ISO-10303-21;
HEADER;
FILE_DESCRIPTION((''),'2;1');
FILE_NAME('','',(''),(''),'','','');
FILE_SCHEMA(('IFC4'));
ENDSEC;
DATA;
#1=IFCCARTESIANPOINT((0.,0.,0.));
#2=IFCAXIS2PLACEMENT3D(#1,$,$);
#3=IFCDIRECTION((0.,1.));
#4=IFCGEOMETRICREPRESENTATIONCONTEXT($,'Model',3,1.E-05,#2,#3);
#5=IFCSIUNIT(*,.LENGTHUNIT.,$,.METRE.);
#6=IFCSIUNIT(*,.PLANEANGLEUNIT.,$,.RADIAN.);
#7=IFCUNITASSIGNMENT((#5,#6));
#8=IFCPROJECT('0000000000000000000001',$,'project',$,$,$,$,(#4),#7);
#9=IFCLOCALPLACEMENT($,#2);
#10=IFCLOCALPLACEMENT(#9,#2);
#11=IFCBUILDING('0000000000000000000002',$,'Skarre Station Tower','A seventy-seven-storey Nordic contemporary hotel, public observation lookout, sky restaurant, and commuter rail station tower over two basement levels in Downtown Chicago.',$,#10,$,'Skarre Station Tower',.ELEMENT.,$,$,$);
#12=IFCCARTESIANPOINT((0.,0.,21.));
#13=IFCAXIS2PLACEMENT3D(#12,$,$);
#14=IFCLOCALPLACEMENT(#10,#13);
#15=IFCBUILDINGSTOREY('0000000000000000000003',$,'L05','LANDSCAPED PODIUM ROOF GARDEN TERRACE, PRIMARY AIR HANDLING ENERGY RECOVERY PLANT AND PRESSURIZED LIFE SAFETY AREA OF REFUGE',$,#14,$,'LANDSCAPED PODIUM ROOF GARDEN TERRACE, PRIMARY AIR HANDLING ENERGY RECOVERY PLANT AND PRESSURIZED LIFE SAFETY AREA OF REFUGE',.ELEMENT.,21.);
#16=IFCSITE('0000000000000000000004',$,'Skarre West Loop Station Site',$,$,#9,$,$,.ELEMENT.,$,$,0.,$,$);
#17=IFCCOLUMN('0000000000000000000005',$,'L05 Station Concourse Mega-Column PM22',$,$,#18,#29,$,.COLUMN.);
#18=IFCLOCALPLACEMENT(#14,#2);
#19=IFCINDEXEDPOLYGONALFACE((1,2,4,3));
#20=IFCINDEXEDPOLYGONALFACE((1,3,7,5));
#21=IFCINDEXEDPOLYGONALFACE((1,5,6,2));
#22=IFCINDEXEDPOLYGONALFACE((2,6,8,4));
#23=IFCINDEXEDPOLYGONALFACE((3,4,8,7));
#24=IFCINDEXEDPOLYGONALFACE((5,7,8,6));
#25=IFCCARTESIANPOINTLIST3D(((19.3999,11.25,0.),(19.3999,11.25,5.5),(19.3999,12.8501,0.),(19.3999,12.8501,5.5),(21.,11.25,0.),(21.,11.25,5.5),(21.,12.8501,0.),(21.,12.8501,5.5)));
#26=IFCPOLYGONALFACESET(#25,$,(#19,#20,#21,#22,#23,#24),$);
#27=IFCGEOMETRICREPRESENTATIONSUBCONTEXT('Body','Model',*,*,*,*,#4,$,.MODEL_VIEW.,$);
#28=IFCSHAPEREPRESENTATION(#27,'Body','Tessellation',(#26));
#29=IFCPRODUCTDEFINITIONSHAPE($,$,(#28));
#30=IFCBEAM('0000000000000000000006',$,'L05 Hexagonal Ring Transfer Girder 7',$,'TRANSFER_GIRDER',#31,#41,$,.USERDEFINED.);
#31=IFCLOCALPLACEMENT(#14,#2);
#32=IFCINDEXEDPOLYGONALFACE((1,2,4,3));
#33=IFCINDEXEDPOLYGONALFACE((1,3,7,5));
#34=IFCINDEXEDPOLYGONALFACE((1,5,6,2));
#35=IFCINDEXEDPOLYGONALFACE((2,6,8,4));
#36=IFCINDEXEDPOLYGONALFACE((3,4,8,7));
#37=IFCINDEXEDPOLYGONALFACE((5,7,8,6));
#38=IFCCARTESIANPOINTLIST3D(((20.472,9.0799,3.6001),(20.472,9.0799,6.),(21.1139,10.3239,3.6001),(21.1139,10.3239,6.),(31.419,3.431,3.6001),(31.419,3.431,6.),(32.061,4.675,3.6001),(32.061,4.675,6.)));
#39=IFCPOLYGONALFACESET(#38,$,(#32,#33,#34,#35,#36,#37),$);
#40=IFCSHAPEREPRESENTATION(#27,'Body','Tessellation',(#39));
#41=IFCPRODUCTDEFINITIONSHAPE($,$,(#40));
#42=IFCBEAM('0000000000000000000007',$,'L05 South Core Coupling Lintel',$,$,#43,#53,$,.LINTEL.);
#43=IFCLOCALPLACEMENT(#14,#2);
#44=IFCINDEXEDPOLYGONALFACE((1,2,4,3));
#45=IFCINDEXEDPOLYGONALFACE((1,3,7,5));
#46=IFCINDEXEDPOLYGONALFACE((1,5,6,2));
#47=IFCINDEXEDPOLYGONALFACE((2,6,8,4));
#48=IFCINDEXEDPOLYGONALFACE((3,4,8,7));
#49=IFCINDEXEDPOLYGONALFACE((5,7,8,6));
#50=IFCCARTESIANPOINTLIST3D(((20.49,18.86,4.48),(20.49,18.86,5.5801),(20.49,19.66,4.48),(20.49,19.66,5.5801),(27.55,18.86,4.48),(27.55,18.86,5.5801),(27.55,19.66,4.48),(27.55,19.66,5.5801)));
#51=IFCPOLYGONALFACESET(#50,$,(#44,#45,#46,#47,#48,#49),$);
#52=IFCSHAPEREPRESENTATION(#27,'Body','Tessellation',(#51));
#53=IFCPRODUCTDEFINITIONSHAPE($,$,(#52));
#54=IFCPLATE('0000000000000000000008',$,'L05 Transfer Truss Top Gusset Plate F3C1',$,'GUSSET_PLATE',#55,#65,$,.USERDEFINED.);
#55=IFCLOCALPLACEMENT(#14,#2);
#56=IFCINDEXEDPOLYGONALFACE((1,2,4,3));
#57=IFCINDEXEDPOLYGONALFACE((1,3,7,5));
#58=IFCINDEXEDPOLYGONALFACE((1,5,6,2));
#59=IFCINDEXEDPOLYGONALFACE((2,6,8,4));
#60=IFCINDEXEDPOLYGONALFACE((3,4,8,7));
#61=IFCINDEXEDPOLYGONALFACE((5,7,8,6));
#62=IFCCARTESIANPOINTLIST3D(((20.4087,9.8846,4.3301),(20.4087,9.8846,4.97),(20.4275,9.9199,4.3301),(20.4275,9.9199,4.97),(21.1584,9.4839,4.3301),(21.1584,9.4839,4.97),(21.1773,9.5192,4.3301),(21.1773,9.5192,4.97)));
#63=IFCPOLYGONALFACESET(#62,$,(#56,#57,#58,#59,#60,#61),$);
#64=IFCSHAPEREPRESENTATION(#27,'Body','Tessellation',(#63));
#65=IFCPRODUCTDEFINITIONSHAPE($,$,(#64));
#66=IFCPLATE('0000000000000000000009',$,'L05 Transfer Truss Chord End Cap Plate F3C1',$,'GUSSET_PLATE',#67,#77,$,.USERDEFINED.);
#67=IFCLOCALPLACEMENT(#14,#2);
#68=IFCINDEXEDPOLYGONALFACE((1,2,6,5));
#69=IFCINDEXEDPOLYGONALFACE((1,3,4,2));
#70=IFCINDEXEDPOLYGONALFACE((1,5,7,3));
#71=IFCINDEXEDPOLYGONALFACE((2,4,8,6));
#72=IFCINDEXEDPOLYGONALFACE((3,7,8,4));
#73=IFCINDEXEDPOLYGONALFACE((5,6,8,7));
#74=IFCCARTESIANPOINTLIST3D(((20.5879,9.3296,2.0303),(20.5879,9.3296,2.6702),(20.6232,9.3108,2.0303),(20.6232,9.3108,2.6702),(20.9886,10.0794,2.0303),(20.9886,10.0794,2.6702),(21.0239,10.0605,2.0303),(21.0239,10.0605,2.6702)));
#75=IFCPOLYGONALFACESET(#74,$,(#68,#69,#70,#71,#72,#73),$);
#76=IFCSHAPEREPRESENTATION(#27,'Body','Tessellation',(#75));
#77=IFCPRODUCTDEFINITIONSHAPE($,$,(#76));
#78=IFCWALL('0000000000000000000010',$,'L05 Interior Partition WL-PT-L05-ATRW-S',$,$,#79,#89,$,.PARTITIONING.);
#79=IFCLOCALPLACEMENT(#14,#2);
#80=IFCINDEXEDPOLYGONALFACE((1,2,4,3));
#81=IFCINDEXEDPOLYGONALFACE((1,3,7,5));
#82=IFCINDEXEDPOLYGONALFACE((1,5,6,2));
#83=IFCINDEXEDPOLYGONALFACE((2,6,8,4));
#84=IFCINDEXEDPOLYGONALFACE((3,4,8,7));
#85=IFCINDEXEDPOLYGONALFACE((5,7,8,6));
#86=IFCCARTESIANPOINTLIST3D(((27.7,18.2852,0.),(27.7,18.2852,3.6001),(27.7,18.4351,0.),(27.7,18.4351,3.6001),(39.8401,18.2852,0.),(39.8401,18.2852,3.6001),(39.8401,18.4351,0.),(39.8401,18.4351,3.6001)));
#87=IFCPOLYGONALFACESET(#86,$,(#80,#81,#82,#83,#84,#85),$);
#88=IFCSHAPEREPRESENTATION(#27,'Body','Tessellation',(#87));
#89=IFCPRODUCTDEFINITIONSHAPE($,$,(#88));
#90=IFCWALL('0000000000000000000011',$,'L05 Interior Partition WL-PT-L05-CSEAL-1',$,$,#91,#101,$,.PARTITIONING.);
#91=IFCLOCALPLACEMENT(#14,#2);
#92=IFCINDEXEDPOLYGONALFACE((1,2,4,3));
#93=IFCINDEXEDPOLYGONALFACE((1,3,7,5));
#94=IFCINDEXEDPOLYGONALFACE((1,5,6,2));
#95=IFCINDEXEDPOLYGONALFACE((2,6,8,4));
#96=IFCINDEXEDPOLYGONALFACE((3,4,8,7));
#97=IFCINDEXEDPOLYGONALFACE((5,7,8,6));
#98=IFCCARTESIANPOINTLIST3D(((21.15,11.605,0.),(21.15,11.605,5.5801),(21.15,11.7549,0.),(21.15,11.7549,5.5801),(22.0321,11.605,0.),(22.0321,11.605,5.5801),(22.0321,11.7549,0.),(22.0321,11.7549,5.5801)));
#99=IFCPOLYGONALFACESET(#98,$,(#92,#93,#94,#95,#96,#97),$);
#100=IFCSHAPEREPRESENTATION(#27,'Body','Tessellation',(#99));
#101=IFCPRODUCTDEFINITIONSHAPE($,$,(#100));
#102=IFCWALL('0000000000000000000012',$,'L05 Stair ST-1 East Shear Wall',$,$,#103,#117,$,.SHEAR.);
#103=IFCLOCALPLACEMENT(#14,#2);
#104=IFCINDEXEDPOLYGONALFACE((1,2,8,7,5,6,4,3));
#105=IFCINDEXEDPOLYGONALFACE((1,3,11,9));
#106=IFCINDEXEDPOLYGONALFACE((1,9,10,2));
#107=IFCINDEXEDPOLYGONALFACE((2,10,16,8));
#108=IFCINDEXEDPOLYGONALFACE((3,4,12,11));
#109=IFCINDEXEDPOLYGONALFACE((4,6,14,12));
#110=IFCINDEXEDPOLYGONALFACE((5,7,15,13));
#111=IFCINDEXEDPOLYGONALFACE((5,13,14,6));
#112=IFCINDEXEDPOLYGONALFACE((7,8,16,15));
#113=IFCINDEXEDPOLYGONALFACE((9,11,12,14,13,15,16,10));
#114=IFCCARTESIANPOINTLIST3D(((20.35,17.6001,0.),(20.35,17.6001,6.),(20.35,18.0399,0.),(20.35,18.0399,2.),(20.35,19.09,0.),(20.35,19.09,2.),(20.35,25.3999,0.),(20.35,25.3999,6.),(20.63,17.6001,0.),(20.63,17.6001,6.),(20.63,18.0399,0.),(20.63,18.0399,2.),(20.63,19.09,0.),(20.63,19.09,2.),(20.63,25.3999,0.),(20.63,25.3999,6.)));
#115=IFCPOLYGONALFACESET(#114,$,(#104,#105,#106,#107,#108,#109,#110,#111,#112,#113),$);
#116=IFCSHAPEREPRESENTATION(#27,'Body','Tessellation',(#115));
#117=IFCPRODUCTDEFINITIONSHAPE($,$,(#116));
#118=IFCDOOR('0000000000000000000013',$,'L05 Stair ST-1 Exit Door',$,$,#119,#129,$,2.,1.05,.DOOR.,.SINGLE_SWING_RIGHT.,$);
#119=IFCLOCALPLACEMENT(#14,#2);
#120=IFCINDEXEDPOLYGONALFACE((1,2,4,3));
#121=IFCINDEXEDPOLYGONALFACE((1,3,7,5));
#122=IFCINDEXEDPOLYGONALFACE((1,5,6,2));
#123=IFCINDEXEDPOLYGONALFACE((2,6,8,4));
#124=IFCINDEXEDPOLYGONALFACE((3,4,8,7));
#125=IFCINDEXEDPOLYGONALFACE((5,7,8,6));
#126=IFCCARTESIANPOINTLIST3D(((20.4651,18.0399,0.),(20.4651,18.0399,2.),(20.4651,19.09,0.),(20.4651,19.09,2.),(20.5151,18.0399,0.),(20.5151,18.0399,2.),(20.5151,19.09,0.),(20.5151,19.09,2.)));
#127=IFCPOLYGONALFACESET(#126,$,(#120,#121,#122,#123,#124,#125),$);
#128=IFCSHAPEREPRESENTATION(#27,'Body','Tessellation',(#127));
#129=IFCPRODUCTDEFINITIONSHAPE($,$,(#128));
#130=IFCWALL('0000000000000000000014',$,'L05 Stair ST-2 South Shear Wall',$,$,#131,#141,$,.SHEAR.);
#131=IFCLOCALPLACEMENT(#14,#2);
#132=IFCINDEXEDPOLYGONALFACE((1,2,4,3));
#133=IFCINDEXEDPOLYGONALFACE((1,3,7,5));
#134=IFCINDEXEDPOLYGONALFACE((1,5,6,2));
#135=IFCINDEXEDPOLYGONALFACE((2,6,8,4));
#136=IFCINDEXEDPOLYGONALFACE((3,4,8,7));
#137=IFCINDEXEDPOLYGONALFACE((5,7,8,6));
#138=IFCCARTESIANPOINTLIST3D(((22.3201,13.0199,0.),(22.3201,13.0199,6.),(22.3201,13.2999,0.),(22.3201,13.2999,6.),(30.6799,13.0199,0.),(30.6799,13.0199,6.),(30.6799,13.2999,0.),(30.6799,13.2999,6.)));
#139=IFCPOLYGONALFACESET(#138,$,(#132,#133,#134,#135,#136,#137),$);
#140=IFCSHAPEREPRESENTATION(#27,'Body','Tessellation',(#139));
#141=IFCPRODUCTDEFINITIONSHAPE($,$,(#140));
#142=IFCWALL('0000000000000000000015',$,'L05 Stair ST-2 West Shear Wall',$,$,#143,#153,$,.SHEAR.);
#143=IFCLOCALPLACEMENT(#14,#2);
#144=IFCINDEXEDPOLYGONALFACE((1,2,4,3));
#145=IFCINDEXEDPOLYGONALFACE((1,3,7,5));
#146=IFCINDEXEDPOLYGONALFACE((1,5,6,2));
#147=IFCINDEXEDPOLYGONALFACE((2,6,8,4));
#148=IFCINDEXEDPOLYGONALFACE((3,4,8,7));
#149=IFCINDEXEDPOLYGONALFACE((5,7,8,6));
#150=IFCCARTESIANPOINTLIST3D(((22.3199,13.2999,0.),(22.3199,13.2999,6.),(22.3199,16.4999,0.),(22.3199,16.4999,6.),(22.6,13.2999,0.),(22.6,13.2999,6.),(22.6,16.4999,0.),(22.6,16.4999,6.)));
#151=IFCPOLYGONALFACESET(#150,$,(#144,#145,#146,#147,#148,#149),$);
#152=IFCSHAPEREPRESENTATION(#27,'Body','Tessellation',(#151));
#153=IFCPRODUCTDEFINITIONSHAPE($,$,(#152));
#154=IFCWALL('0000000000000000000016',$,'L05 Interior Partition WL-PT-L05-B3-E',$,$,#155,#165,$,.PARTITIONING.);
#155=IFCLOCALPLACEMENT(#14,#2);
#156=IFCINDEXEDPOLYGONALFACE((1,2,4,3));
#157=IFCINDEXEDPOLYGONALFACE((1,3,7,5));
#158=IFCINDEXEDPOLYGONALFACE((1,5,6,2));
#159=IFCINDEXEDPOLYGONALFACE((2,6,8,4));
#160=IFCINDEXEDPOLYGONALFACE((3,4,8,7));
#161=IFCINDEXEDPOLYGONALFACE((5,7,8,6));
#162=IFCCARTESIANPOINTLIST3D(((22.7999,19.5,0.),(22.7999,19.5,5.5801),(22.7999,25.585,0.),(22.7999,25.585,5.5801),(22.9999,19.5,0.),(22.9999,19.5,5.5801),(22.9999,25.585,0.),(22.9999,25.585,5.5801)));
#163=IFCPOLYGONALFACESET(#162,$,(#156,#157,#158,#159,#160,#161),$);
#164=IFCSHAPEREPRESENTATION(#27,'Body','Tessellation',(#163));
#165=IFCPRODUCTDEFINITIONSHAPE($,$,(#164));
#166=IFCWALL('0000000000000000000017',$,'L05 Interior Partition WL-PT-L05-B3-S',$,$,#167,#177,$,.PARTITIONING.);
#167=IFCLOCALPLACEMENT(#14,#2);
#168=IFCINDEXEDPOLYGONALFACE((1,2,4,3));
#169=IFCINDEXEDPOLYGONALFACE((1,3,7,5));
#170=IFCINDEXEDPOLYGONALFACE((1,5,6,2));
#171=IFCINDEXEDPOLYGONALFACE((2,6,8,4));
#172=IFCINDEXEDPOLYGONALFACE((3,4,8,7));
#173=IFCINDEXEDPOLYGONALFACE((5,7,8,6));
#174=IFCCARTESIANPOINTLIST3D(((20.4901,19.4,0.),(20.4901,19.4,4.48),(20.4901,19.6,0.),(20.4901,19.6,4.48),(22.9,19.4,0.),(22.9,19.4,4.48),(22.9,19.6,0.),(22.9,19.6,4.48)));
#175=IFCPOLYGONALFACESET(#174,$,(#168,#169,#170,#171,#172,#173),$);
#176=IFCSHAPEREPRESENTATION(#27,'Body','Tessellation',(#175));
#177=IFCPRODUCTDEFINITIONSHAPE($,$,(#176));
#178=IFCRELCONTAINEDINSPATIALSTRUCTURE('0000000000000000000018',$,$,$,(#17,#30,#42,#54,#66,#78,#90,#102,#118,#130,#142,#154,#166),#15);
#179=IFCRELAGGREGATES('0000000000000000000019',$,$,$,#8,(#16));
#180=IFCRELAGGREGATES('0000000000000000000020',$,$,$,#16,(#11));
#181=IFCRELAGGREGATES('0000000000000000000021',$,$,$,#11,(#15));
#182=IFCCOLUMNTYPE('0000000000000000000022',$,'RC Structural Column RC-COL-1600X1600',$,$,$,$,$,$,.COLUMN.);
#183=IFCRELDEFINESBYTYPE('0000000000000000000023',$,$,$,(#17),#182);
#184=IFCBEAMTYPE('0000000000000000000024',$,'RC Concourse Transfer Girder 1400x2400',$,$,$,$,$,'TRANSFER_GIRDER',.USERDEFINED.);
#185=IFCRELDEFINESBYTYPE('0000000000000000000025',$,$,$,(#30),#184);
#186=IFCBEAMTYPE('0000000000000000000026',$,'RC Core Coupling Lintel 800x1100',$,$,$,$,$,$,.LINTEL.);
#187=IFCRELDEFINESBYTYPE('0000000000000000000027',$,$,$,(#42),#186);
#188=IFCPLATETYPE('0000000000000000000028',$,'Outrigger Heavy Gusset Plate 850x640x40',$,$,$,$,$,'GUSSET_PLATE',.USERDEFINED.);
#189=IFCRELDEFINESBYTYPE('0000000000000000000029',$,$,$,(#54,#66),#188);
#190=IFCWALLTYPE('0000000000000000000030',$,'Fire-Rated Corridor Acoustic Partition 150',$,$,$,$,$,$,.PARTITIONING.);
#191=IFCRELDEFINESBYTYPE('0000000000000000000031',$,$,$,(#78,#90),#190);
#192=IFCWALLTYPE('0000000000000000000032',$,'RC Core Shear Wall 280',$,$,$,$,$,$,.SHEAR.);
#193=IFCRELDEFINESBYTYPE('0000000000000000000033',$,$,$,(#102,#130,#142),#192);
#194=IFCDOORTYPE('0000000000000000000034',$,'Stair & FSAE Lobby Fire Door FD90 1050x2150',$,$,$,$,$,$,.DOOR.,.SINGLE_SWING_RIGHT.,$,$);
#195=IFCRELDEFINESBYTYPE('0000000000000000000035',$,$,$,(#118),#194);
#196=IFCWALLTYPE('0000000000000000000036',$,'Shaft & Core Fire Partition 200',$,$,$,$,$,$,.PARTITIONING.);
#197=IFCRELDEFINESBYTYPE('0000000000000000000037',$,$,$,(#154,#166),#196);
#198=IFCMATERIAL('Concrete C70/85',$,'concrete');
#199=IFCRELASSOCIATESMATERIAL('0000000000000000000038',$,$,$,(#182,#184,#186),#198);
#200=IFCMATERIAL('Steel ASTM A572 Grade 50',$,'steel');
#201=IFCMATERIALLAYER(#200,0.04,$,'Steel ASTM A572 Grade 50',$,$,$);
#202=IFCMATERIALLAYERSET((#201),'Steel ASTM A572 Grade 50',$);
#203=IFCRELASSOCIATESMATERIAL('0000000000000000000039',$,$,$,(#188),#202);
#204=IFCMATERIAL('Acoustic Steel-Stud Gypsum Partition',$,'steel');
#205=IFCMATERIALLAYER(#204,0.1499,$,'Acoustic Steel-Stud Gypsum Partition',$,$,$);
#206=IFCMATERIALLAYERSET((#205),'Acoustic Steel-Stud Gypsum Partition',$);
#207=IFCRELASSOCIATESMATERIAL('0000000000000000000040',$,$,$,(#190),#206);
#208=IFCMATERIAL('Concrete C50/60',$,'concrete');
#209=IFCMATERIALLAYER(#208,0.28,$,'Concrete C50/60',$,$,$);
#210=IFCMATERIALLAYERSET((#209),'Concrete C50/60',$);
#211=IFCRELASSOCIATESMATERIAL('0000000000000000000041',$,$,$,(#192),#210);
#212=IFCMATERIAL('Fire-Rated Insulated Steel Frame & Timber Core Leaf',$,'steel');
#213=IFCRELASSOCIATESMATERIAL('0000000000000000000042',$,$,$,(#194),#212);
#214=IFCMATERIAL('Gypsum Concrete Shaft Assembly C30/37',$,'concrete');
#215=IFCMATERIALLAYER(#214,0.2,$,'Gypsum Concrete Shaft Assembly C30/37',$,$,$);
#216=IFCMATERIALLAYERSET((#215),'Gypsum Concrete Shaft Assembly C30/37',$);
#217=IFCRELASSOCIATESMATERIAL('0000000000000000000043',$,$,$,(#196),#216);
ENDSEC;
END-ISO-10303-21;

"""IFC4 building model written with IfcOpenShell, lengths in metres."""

from ifc_helpers import new_model, si_unit, direction, frame, frame_2d, origin, origin_2d, place, context, subcontext, project, spatial, rectangle, extrude, material, layer, layer_set, material_profile, profile_set, type_object, element, fill, save


model = new_model("IFC4")

# Units and contexts
model_context = context("Model", 3, precision=1e-05, world=origin(), true_north=direction((0.0, 1.0)))
body_context = subcontext(model_context, "Body", "Model", "MODEL_VIEW")
ifc_project = project(units=[si_unit("LENGTHUNIT", "METRE"), si_unit("PLANEANGLEUNIT", "RADIAN")], contexts=[model_context])

# Site, building, storey
site_placement = place(None, origin())
site = spatial("IfcSite", under=ifc_project, at=site_placement, Name="Skarre West Loop Station Site", CompositionType="ELEMENT", RefElevation=0.0)
building_placement = place(site_placement, origin())
building = spatial("IfcBuilding", under=site, at=building_placement, Name="Skarre Station Tower", Description="A seventy-seven-storey Nordic contemporary hotel, public observation lookout, sky restaurant, and commuter rail station tower over two basement levels in Downtown Chicago.", LongName="Skarre Station Tower", CompositionType="ELEMENT")
storey_placement = place(building_placement, frame((0.0, 0.0, 21.0)))
storey = spatial("IfcBuildingStorey", under=building, at=storey_placement, Name="L05", Description="LANDSCAPED PODIUM ROOF GARDEN TERRACE, PRIMARY AIR HANDLING ENERGY RECOVERY PLANT AND PRESSURIZED LIFE SAFETY AREA OF REFUGE", LongName="LANDSCAPED PODIUM ROOF GARDEN TERRACE, PRIMARY AIR HANDLING ENERGY RECOVERY PLANT AND PRESSURIZED LIFE SAFETY AREA OF REFUGE", CompositionType="ELEMENT", Elevation=21.0)

# Column
ifc_material_1 = material(Name="Concrete C70/85", Category="concrete")
ifc_material_profile_1 = material_profile(ifc_material_1, rectangle(XDim=1.6001, YDim=1.6001, at=origin_2d()), Name="Concrete C70/85")
ifc_profile_set_1 = profile_set([ifc_material_profile_1], Name="Concrete C70/85")
column_type = type_object("IfcColumnType", Name="RC Structural Column RC-COL-1600X1600", PredefinedType="COLUMN", material=ifc_profile_set_1)
column_placement = place(storey_placement, frame((20.2, 12.05, 0.0), z_axis=(0.0, 0.0, 1.0), x_axis=(1.0, 0.0, 0.0)))
element("IfcColumn", 1, at=column_placement, inside=storey, type_object=column_type, Name="L05 Station Concourse Mega-Column PM22", PredefinedType="COLUMN", context=body_context, shape_type="SweptSolid", body=[
    extrude(rectangle(XDim=1.6001, YDim=1.6001, at=origin_2d()), origin(), (0.0, 0.0, 1.0), 5.5),
])

# Beams
ifc_material_profile_2 = material_profile(ifc_material_1, rectangle(XDim=1.3999, YDim=2.3999, at=origin_2d()), Name="Concrete C70/85")
ifc_profile_set_2 = profile_set([ifc_material_profile_2], Name="Concrete C70/85")
beam_type_1 = type_object("IfcBeamType", Name="RC Concourse Transfer Girder 1400x2400", ElementType="TRANSFER_GIRDER", PredefinedType="USERDEFINED", material=ifc_profile_set_2)
beam_1_placement = place(storey_placement, frame((20.793, 9.7019, 4.8), z_axis=(0.888659, -0.458569, 0.0), x_axis=(0.458569, 0.888659, 0.0)))
element("IfcBeam", 2, at=beam_1_placement, inside=storey, type_object=beam_type_1, Name="L05 Hexagonal Ring Transfer Girder 7", ObjectType="TRANSFER_GIRDER", PredefinedType="USERDEFINED", context=body_context, shape_type="SweptSolid", body=[
    extrude(rectangle(XDim=1.3999, YDim=2.3999, at=origin_2d()), origin(), (0.0, 0.0, 1.0), 12.3186),
])
ifc_material_profile_3 = material_profile(ifc_material_1, rectangle(XDim=0.8, YDim=1.1001, at=origin_2d()), Name="Concrete C70/85")
ifc_profile_set_3 = profile_set([ifc_material_profile_3], Name="Concrete C70/85")
beam_type_2 = type_object("IfcBeamType", Name="RC Core Coupling Lintel 800x1100", PredefinedType="LINTEL", material=ifc_profile_set_3)
beam_2_placement = place(storey_placement, frame((20.49, 19.26, 5.03), z_axis=(1.0, 0.0, 0.0), x_axis=(0.0, 1.0, 0.0)))
element("IfcBeam", 3, at=beam_2_placement, inside=storey, type_object=beam_type_2, Name="L05 South Core Coupling Lintel", PredefinedType="LINTEL", context=body_context, shape_type="SweptSolid", body=[
    extrude(rectangle(XDim=0.8, YDim=1.1001, at=origin_2d()), origin(), (0.0, 0.0, 1.0), 7.0601),
])

# Plates
ifc_material_2 = material(Name="Steel ASTM A572 Grade 50", Category="steel")
ifc_layer_1 = layer(ifc_material_2, 0.04, Name="Steel ASTM A572 Grade 50")
ifc_layer_set_1 = layer_set([ifc_layer_1], Name="Steel ASTM A572 Grade 50")
plate_type = type_object("IfcPlateType", Name="Outrigger Heavy Gusset Plate 850x640x40", ElementType="GUSSET_PLATE", PredefinedType="USERDEFINED", material=ifc_layer_set_1)
plate_1_placement = place(storey_placement, frame((20.793, 9.7019, 4.3301), z_axis=(0.0, 0.0, 1.0), x_axis=(0.881929, -0.471381, 0.0)))
element("IfcPlate", 4, at=plate_1_placement, inside=storey, type_object=plate_type, Name="L05 Transfer Truss Top Gusset Plate F3C1", ObjectType="GUSSET_PLATE", PredefinedType="USERDEFINED", context=body_context, shape_type="SweptSolid", body=[
    extrude(rectangle(XDim=0.8501, YDim=0.04, at=origin_2d()), origin(), (0.0, 0.0, 1.0), 0.6399),
])
plate_2_placement = place(storey_placement, frame((20.8059, 9.6951, 2.0303), z_axis=(0.0, 0.0, 1.0), x_axis=(0.881929, -0.471381, 0.0)))
element("IfcPlate", 5, at=plate_2_placement, inside=storey, type_object=plate_type, Name="L05 Transfer Truss Chord End Cap Plate F3C1", ObjectType="GUSSET_PLATE", PredefinedType="USERDEFINED", context=body_context, shape_type="SweptSolid", body=[
    extrude(rectangle(XDim=0.04, YDim=0.8501, at=origin_2d()), origin(), (0.0, 0.0, 1.0), 0.6399),
])

# Walls
ifc_material_3 = material(Name="Acoustic Steel-Stud Gypsum Partition", Category="steel")
ifc_layer_2 = layer(ifc_material_3, 0.1499, Name="Acoustic Steel-Stud Gypsum Partition")
ifc_layer_set_2 = layer_set([ifc_layer_2], Name="Acoustic Steel-Stud Gypsum Partition")
wall_type_1 = type_object("IfcWallType", Name="Fire-Rated Corridor Acoustic Partition 150", PredefinedType="PARTITIONING", material=ifc_layer_set_2)
wall_1_placement = place(storey_placement, frame((27.7, 18.3601, 0.0), z_axis=(0.0, 0.0, 1.0), x_axis=(1.0, 0.0, 0.0)))
element("IfcWall", 6, at=wall_1_placement, inside=storey, type_object=wall_type_1, Name="L05 Interior Partition WL-PT-L05-ATRW-S", PredefinedType="PARTITIONING", context=body_context, shape_type="SweptSolid", body=[
    extrude(rectangle(XDim=12.1401, YDim=0.1499, at=frame_2d((6.0701, 0.0))), origin(), (0.0, 0.0, 1.0), 3.6001),
])
wall_2_placement = place(storey_placement, frame((22.032, 11.6799, 0.0), z_axis=(0.0, 0.0, 1.0), x_axis=(-1.0, 0.0, 0.0)))
element("IfcWall", 7, at=wall_2_placement, inside=storey, type_object=wall_type_1, Name="L05 Interior Partition WL-PT-L05-CSEAL-1", PredefinedType="PARTITIONING", context=body_context, shape_type="SweptSolid", body=[
    extrude(rectangle(XDim=0.8821, YDim=0.1499, at=frame_2d((0.4409, 0.0))), origin(), (0.0, 0.0, 1.0), 5.5801),
])

# Wall, opening, door
ifc_material_4 = material(Name="Concrete C50/60", Category="concrete")
ifc_layer_3 = layer(ifc_material_4, 0.28, Name="Concrete C50/60")
ifc_layer_set_3 = layer_set([ifc_layer_3], Name="Concrete C50/60")
wall_type_2 = type_object("IfcWallType", Name="RC Core Shear Wall 280", PredefinedType="SHEAR", material=ifc_layer_set_3)
wall_3_placement = place(storey_placement, frame((20.49, 17.6001, 0.0), z_axis=(0.0, 0.0, 1.0), x_axis=(0.0, 1.0, 0.0)))
wall_3 = element("IfcWall", 8, at=wall_3_placement, inside=storey, type_object=wall_type_2, Name="L05 Stair ST-1 East Shear Wall", PredefinedType="SHEAR", context=body_context, shape_type="SweptSolid", body=[
    extrude(rectangle(XDim=7.7998, YDim=0.28, at=frame_2d((3.8999, 0.0))), origin(), (0.0, 0.0, 1.0), 6.0),
])
opening_placement = place(wall_3_placement, frame((0.4399, 0.0, 0.0)))
opening = element("IfcOpeningElement", 9, at=opening_placement, cuts=wall_3, PredefinedType="OPENING", context=body_context, shape_type="SweptSolid", body=[
    extrude(rectangle(XDim=1.05, YDim=2.0, at=frame_2d((0.5249, 1.0))), frame((0.0, 0.1499, 0.0), z_axis=(0.0, -1.0, 0.0), x_axis=(1.0, 0.0, 0.0)), (0.0, 0.0, 1.0), 0.3),
])
ifc_material_5 = material(Name="Fire-Rated Insulated Steel Frame & Timber Core Leaf", Category="steel")
door_type = type_object("IfcDoorType", Name="Stair & FSAE Lobby Fire Door FD90 1050x2150", OperationType="SINGLE_SWING_RIGHT", PredefinedType="DOOR", material=ifc_material_5)
door_placement = place(opening_placement, origin())
door = element("IfcDoor", 10, at=door_placement, inside=storey, type_object=door_type, Name="L05 Stair ST-1 Exit Door", OperationType="SINGLE_SWING_RIGHT", OverallHeight=2.0, OverallWidth=1.05, PredefinedType="DOOR", context=body_context, shape_type="SweptSolid", body=[
    extrude(rectangle(XDim=1.05, YDim=2.0, at=frame_2d((0.5249, 1.0))), frame((0.0, 0.0249, 0.0), z_axis=(0.0, -1.0, 0.0), x_axis=(1.0, 0.0, 0.0)), (0.0, 0.0, 1.0), 0.05),
])
fill(opening, door)

# Walls
wall_4_placement = place(storey_placement, frame((22.3201, 13.1599, 0.0), z_axis=(0.0, 0.0, 1.0), x_axis=(1.0, 0.0, 0.0)))
element("IfcWall", 11, at=wall_4_placement, inside=storey, type_object=wall_type_2, Name="L05 Stair ST-2 South Shear Wall", PredefinedType="SHEAR", context=body_context, shape_type="SweptSolid", body=[
    extrude(rectangle(XDim=8.3599, YDim=0.28, at=frame_2d((4.1799, 0.0))), origin(), (0.0, 0.0, 1.0), 6.0),
])
wall_5_placement = place(storey_placement, frame((22.46, 16.5, 0.0), z_axis=(0.0, 0.0, 1.0), x_axis=(0.0, -1.0, 0.0)))
element("IfcWall", 12, at=wall_5_placement, inside=storey, type_object=wall_type_2, Name="L05 Stair ST-2 West Shear Wall", PredefinedType="SHEAR", context=body_context, shape_type="SweptSolid", body=[
    extrude(rectangle(XDim=3.2, YDim=0.28, at=frame_2d((1.6001, 0.0))), origin(), (0.0, 0.0, 1.0), 6.0),
])
ifc_material_6 = material(Name="Gypsum Concrete Shaft Assembly C30/37", Category="concrete")
ifc_layer_4 = layer(ifc_material_6, 0.2, Name="Gypsum Concrete Shaft Assembly C30/37")
ifc_layer_set_4 = layer_set([ifc_layer_4], Name="Gypsum Concrete Shaft Assembly C30/37")
wall_type_3 = type_object("IfcWallType", Name="Shaft & Core Fire Partition 200", PredefinedType="PARTITIONING", material=ifc_layer_set_4)
wall_6_placement = place(storey_placement, frame((22.8999, 19.5, 0.0), z_axis=(0.0, 0.0, 1.0), x_axis=(0.0, 1.0, 0.0)))
element("IfcWall", 13, at=wall_6_placement, inside=storey, type_object=wall_type_3, Name="L05 Interior Partition WL-PT-L05-B3-E", PredefinedType="PARTITIONING", context=body_context, shape_type="SweptSolid", body=[
    extrude(rectangle(XDim=6.085, YDim=0.2, at=frame_2d((3.0425, 0.0))), origin(), (0.0, 0.0, 1.0), 5.5801),
])
wall_7_placement = place(storey_placement, frame((20.49, 19.5, 0.0), z_axis=(0.0, 0.0, 1.0), x_axis=(1.0, 0.0, 0.0)))
element("IfcWall", 14, at=wall_7_placement, inside=storey, type_object=wall_type_3, Name="L05 Interior Partition WL-PT-L05-B3-S", PredefinedType="PARTITIONING", context=body_context, shape_type="SweptSolid", body=[
    extrude(rectangle(XDim=2.4099, YDim=0.2, at=frame_2d((1.2051, 0.0))), origin(), (0.0, 0.0, 1.0), 4.48),
])

save(model, "model.ifc")
